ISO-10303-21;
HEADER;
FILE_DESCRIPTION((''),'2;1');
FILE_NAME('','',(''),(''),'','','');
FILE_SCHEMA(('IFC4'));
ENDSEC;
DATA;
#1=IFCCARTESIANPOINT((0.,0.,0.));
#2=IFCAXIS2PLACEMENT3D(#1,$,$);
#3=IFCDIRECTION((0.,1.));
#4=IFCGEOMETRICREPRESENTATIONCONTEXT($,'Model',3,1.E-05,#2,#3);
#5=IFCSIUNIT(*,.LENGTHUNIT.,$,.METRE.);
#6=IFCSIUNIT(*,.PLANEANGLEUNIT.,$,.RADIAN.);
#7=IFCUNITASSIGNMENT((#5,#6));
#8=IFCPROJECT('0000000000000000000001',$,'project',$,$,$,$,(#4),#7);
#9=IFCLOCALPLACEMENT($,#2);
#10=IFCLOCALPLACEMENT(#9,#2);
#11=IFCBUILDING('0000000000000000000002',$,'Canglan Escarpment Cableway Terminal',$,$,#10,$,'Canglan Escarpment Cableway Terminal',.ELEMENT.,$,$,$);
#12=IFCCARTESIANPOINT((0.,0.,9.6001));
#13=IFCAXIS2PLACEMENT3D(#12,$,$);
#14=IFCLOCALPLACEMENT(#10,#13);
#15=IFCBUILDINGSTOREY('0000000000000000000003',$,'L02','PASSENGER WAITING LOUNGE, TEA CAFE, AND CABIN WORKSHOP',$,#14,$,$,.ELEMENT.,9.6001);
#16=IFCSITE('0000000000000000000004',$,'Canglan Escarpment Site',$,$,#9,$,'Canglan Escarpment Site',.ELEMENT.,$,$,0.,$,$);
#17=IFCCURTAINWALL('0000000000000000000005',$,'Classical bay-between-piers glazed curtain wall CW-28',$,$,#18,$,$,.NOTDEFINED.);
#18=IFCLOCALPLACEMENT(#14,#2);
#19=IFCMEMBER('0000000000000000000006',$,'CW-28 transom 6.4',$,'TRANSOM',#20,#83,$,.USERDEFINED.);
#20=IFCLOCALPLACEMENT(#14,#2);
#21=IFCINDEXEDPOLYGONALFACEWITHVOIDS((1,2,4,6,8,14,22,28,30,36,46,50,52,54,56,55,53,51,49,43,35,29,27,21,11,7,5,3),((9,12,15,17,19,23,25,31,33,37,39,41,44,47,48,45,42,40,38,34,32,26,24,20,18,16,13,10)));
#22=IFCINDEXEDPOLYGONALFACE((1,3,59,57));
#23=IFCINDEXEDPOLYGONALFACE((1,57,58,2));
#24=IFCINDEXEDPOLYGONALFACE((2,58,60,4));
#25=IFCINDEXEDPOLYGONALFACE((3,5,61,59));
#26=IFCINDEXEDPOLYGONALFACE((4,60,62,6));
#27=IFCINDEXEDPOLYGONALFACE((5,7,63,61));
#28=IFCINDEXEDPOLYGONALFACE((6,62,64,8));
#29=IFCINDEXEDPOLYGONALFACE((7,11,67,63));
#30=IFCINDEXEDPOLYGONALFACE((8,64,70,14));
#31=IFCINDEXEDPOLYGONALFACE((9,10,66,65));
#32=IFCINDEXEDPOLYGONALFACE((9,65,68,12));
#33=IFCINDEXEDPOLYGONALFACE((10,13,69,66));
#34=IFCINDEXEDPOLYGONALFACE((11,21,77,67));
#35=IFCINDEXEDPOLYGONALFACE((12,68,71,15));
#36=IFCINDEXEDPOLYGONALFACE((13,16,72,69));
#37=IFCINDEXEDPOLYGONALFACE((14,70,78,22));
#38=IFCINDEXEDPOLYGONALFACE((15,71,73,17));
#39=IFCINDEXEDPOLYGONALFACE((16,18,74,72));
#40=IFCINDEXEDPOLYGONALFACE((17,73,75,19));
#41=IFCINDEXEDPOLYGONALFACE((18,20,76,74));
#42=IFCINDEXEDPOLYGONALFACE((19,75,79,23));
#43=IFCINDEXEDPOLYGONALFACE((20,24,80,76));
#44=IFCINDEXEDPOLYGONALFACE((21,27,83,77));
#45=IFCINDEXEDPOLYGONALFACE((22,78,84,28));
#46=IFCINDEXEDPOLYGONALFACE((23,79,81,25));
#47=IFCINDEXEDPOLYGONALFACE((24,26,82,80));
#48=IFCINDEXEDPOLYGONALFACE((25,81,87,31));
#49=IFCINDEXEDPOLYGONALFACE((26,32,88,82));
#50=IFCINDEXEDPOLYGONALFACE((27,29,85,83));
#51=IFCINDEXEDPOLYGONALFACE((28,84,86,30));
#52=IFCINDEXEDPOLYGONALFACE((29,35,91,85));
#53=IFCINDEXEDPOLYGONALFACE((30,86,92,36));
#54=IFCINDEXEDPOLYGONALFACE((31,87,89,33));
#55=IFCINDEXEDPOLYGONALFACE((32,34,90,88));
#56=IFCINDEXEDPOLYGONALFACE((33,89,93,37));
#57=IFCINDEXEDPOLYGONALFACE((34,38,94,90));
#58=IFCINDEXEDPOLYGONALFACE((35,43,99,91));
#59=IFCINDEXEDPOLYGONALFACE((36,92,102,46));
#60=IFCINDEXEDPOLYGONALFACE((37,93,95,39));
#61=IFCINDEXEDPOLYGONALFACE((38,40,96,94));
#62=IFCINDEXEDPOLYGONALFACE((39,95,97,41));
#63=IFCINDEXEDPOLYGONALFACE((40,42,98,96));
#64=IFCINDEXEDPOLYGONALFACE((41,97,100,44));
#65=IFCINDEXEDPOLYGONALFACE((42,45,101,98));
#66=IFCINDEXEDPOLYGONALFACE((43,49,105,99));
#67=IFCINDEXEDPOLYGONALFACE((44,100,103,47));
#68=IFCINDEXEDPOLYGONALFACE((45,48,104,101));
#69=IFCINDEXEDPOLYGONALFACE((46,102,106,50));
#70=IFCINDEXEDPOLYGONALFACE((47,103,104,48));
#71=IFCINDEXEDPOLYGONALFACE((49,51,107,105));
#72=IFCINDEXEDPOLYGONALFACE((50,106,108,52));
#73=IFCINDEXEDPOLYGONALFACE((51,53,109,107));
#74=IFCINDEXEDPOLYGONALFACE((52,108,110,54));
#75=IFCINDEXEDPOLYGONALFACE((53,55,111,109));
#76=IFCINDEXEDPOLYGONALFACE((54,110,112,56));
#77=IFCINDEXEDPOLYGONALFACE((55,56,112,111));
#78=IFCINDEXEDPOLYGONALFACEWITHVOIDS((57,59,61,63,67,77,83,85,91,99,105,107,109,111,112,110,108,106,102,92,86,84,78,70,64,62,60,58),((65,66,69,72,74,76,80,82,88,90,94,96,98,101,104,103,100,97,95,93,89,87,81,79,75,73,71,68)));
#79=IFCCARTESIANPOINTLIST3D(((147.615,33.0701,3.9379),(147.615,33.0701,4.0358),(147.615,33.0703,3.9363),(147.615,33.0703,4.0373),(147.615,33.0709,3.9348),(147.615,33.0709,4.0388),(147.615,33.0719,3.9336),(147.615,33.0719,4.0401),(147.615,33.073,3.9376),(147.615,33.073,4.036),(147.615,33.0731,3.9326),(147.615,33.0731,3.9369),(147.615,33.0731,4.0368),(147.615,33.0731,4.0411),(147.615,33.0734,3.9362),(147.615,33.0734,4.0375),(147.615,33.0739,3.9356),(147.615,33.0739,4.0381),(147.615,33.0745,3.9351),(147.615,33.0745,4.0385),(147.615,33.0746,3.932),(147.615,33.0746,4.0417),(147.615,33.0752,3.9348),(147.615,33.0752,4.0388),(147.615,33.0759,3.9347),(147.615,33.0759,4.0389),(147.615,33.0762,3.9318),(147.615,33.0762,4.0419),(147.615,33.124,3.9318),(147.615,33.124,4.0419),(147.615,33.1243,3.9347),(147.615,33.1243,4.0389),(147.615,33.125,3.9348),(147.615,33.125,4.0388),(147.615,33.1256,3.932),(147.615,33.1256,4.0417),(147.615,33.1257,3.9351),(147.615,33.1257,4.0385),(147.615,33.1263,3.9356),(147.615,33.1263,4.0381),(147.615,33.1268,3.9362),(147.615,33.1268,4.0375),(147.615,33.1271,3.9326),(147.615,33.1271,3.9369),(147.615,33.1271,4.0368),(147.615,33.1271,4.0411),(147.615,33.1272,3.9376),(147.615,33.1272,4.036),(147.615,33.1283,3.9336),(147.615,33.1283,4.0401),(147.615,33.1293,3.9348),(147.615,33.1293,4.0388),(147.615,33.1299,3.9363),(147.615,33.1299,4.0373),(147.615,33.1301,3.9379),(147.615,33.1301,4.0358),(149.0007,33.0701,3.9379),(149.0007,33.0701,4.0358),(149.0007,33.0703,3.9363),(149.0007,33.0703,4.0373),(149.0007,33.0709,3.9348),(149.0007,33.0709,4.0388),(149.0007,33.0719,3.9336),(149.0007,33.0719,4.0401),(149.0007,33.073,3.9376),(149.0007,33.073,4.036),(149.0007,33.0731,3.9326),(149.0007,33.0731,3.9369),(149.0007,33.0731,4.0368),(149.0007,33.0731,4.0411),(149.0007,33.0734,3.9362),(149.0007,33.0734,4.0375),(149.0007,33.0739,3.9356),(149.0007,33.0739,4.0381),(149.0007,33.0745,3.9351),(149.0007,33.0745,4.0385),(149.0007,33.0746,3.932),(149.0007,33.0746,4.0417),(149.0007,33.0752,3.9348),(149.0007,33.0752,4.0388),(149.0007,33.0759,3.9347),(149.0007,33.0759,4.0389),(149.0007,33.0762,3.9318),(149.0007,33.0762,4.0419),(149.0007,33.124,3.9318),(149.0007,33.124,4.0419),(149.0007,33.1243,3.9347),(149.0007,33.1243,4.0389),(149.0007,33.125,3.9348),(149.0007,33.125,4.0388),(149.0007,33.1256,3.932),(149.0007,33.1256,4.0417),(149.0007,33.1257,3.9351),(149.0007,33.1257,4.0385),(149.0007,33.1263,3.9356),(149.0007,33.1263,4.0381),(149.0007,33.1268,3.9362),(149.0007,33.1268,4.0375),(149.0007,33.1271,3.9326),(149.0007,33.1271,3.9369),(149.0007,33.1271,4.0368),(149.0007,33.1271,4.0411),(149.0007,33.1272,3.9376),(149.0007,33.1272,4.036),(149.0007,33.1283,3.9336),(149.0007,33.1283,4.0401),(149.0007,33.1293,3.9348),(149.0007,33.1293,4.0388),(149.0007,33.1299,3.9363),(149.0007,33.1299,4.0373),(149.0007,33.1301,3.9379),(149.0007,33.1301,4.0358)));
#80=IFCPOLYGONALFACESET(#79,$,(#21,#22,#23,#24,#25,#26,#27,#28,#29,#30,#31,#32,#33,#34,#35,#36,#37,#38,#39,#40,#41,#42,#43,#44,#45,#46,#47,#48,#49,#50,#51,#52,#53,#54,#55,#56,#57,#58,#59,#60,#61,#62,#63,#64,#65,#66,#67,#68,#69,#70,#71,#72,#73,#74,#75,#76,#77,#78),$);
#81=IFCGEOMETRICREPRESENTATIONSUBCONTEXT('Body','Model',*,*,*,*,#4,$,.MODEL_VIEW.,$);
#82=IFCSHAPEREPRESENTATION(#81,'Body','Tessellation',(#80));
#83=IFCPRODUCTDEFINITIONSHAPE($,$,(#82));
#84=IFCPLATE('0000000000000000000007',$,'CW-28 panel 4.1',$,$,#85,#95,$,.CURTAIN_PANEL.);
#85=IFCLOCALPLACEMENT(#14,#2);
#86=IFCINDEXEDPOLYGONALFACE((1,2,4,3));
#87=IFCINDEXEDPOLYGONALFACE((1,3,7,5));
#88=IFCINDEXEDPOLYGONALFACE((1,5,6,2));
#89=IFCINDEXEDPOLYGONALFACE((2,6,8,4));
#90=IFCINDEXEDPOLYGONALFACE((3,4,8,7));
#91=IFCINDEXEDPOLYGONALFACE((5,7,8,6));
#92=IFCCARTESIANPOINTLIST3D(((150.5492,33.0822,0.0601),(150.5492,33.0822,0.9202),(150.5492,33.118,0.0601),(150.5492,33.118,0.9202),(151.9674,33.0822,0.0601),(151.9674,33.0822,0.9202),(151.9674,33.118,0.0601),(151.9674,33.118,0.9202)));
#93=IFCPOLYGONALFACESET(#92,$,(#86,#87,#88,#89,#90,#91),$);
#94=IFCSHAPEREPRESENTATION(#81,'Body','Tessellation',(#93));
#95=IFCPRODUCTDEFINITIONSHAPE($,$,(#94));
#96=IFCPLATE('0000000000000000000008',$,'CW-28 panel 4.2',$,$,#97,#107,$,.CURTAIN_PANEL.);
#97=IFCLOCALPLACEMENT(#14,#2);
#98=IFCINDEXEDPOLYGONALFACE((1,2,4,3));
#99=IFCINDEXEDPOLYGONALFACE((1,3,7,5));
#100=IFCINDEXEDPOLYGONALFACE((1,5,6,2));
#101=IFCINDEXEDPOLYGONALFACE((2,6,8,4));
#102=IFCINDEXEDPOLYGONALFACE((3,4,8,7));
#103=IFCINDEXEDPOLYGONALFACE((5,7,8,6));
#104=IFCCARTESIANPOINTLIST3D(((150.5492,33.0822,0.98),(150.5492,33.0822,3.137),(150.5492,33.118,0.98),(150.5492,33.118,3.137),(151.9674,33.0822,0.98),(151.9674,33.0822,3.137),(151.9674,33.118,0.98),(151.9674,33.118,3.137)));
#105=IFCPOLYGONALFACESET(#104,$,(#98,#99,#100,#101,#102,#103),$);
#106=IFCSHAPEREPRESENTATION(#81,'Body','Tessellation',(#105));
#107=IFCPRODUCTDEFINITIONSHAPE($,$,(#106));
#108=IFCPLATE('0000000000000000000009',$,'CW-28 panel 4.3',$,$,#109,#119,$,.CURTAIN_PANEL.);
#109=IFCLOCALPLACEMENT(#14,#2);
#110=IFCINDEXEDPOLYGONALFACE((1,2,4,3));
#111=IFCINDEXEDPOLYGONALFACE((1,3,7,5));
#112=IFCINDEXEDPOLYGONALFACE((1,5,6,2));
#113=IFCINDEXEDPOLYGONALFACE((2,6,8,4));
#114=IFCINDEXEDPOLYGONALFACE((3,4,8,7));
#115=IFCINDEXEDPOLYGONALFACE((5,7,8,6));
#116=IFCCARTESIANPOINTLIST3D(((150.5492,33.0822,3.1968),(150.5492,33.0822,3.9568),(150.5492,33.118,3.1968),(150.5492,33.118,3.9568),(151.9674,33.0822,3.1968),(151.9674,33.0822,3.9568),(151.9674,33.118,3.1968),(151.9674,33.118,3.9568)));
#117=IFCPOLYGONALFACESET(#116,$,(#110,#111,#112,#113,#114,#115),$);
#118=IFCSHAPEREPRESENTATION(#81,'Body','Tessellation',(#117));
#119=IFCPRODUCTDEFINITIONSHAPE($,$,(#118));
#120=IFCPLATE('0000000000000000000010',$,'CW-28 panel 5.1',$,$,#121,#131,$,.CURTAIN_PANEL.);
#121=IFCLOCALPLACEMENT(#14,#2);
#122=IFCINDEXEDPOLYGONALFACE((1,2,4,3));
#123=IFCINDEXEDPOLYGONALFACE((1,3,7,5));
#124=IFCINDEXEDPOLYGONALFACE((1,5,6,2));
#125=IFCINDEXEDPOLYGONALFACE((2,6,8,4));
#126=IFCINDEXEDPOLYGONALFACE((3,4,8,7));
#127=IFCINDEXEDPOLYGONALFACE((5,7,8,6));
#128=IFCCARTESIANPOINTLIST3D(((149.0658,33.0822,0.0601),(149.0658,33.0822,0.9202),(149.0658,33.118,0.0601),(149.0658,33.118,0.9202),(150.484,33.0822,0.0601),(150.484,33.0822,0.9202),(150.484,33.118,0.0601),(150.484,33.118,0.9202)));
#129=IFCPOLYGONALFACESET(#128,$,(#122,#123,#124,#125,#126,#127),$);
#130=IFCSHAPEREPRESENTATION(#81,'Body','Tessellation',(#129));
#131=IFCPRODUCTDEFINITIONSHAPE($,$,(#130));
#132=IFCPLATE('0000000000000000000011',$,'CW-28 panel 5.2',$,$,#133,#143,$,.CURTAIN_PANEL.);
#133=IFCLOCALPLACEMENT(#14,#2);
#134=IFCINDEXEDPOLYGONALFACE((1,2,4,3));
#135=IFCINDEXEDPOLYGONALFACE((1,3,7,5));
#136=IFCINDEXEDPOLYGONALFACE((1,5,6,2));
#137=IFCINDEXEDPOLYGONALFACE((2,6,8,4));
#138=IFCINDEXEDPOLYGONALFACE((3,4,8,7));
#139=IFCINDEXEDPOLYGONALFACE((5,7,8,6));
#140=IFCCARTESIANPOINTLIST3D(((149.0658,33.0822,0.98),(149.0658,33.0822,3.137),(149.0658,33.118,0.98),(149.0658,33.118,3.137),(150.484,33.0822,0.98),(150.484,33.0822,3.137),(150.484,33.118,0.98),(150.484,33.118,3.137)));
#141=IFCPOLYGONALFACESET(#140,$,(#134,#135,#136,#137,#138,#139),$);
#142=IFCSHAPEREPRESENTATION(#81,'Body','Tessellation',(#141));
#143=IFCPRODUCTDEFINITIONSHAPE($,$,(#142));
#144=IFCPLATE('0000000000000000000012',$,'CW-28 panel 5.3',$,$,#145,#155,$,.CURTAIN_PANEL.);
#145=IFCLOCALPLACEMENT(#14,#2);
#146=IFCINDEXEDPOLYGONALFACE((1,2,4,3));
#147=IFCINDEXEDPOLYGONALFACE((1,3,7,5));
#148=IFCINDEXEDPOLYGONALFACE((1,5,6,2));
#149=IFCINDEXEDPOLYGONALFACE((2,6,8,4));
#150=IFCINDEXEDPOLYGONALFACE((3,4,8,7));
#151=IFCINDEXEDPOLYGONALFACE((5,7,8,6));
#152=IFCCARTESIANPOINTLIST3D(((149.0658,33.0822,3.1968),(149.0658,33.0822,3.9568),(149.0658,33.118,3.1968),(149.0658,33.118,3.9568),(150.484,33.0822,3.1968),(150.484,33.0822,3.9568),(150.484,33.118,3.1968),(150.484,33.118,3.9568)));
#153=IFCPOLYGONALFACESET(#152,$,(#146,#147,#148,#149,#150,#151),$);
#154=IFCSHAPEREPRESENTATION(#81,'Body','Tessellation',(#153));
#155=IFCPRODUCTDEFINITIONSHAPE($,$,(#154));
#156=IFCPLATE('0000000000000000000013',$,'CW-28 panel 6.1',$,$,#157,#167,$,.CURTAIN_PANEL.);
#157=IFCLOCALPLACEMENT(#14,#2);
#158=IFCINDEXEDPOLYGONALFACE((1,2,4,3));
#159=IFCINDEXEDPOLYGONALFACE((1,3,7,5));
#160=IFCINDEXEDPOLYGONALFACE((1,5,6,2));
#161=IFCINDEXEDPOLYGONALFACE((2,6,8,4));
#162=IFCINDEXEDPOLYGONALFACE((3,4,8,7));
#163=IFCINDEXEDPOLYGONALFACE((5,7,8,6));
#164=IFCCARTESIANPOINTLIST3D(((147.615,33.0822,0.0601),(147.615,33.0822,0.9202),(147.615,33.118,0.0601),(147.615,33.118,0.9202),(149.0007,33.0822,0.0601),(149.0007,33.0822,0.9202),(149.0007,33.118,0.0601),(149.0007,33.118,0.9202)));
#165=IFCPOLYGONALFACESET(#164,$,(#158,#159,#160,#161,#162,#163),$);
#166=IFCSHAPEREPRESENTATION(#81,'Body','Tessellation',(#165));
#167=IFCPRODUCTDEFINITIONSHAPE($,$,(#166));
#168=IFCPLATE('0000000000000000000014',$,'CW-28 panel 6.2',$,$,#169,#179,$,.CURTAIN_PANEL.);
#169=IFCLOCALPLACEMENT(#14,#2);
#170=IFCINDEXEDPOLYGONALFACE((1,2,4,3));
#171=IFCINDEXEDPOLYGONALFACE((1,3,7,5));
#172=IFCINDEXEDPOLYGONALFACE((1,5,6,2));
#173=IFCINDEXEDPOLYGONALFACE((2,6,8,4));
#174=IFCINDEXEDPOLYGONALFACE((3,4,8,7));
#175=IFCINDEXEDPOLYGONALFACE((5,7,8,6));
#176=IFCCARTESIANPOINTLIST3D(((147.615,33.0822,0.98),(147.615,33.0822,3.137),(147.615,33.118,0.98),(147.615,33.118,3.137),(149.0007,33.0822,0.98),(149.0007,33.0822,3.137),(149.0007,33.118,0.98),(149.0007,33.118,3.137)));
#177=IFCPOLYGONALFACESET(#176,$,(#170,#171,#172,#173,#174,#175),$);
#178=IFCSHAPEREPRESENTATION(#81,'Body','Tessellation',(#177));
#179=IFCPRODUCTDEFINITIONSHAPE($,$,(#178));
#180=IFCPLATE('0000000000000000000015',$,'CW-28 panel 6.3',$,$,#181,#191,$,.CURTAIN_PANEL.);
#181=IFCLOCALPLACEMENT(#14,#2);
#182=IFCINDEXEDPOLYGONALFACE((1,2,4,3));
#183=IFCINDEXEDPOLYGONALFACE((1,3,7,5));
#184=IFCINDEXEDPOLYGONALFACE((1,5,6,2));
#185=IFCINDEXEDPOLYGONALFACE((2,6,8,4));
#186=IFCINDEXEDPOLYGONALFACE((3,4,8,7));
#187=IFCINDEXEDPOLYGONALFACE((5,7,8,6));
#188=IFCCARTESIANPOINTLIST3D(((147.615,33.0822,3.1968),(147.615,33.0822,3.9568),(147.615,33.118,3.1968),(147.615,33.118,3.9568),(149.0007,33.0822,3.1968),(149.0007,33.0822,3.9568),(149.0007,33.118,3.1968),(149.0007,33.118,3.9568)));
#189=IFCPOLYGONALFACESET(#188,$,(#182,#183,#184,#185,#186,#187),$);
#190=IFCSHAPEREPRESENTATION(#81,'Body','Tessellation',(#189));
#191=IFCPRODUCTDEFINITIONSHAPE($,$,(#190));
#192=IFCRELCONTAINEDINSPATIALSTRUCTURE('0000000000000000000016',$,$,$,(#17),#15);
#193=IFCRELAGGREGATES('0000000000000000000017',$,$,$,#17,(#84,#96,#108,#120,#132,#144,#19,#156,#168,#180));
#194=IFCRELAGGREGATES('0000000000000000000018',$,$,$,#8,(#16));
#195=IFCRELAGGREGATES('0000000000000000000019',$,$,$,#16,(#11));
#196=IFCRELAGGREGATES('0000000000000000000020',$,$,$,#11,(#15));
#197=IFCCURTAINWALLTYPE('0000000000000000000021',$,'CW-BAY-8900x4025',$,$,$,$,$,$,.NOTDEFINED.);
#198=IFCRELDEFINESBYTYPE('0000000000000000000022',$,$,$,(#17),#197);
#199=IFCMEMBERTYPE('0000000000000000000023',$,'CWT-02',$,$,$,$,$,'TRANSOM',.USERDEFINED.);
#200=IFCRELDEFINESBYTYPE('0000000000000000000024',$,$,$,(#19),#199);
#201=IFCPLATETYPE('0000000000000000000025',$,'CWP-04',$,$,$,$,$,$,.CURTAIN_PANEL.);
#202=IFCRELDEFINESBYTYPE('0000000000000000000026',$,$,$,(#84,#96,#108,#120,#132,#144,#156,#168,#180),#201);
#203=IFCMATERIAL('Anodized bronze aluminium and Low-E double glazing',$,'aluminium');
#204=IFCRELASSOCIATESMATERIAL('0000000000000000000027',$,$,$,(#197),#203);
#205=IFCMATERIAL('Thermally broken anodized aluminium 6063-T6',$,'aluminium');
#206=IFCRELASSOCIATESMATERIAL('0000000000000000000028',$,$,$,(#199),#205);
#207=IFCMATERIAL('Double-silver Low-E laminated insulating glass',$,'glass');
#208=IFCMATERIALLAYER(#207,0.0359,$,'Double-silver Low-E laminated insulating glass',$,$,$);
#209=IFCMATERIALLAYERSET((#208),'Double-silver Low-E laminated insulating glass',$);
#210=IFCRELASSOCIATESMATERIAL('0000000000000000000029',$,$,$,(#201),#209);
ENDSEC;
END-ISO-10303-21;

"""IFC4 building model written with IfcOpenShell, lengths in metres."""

from ifc_helpers import new_model, si_unit, direction, frame, origin, origin_2d, place, context, subcontext, project, spatial, rectangle, hollow_rectangle, extrude, material, layer, layer_set, material_profile, profile_set, type_object, element, aggregate, save


model = new_model("IFC4")

# Units and contexts
model_context = context("Model", 3, precision=1e-05, world=origin(), true_north=direction((0.0, 1.0)))
body_context = subcontext(model_context, "Body", "Model", "MODEL_VIEW")
ifc_project = project(units=[si_unit("LENGTHUNIT", "METRE"), si_unit("PLANEANGLEUNIT", "RADIAN")], contexts=[model_context])

# Site, building, storey
site_placement = place(None, origin())
site = spatial("IfcSite", under=ifc_project, at=site_placement, Name="Canglan Escarpment Site", LongName="Canglan Escarpment Site", CompositionType="ELEMENT", RefElevation=0.0)
building_placement = place(site_placement, origin())
building = spatial("IfcBuilding", under=site, at=building_placement, Name="Canglan Escarpment Cableway Terminal", LongName="Canglan Escarpment Cableway Terminal", CompositionType="ELEMENT")
storey_placement = place(building_placement, frame((0.0, 0.0, 9.6001)))
storey = spatial("IfcBuildingStorey", under=building, at=storey_placement, Name="L02", Description="PASSENGER WAITING LOUNGE, TEA CAFE, AND CABIN WORKSHOP", CompositionType="ELEMENT", Elevation=9.6001)

# Curtain wall, member, plates
ifc_material_1 = material(Name="Anodized bronze aluminium and Low-E double glazing", Category="aluminium")
curtain_wall_type = type_object("IfcCurtainWallType", Name="CW-BAY-8900x4025", PredefinedType="NOTDEFINED", material=ifc_material_1)
curtain_wall_placement = place(storey_placement, origin())
curtain_wall = element("IfcCurtainWall", 1, at=curtain_wall_placement, inside=storey, type_object=curtain_wall_type, Name="Classical bay-between-piers glazed curtain wall CW-28", PredefinedType="NOTDEFINED")
ifc_material_2 = material(Name="Thermally broken anodized aluminium 6063-T6", Category="aluminium")
ifc_material_profile_1 = material_profile(ifc_material_2, hollow_rectangle(XDim=0.0601, YDim=0.1101, WallThickness=0.0029, InnerFilletRadius=0.0029, OuterFilletRadius=0.0061, at=origin_2d()), Name="ALU-TRAN 60x110x3")
ifc_profile_set_1 = profile_set([ifc_material_profile_1], Name="Thermally broken anodized aluminium 6063-T6")
member_type_1 = type_object("IfcMemberType", Name="CWT-02", ElementType="TRANSOM", PredefinedType="USERDEFINED", material=ifc_profile_set_1)
member_1_placement = place(storey_placement, frame((149.0007, 33.1001, 3.9868), z_axis=(-1.0, 0.0, 0.0), x_axis=(0.0, -1.0, 0.0)))
member_1 = element("IfcMember", 2, at=member_1_placement, type_object=member_type_1, Name="CW-28 transom 6.4", ObjectType="TRANSOM", PredefinedType="USERDEFINED", context=body_context, shape_type="SweptSolid", body=[
    extrude(hollow_rectangle(XDim=0.0601, YDim=0.1101, WallThickness=0.0029, InnerFilletRadius=0.0029, OuterFilletRadius=0.0061, at=origin_2d()), origin(), (0.0, 0.0, 1.0), 1.3857),
])
ifc_material_3 = material(Name="Double-silver Low-E laminated insulating glass", Category="glass")
ifc_layer_1 = layer(ifc_material_3, 0.0359, Name="Double-silver Low-E laminated insulating glass")
ifc_layer_set_1 = layer_set([ifc_layer_1], Name="Double-silver Low-E laminated insulating glass")
plate_type = type_object("IfcPlateType", Name="CWP-04", PredefinedType="CURTAIN_PANEL", material=ifc_layer_set_1)
plate_1_placement = place(storey_placement, frame((151.2583, 33.1001, 0.0601), z_axis=(0.0, 0.0, 1.0), x_axis=(-1.0, 0.0, 0.0)))
plate_1 = element("IfcPlate", 3, at=plate_1_placement, type_object=plate_type, Name="CW-28 panel 4.1", PredefinedType="CURTAIN_PANEL", context=body_context, shape_type="SweptSolid", body=[
    extrude(rectangle(XDim=1.4182, YDim=0.0359, at=origin_2d()), origin(), (0.0, 0.0, 1.0), 0.8601),
])
plate_2_placement = place(storey_placement, frame((151.2583, 33.1001, 0.98), z_axis=(0.0, 0.0, 1.0), x_axis=(-1.0, 0.0, 0.0)))
plate_2 = element("IfcPlate", 4, at=plate_2_placement, type_object=plate_type, Name="CW-28 panel 4.2", PredefinedType="CURTAIN_PANEL", context=body_context, shape_type="SweptSolid", body=[
    extrude(rectangle(XDim=1.4182, YDim=0.0359, at=origin_2d()), origin(), (0.0, 0.0, 1.0), 2.157),
])
plate_3_placement = place(storey_placement, frame((151.2583, 33.1001, 3.1968), z_axis=(0.0, 0.0, 1.0), x_axis=(-1.0, 0.0, 0.0)))
plate_3 = element("IfcPlate", 5, at=plate_3_placement, type_object=plate_type, Name="CW-28 panel 4.3", PredefinedType="CURTAIN_PANEL", context=body_context, shape_type="SweptSolid", body=[
    extrude(rectangle(XDim=1.4182, YDim=0.0359, at=origin_2d()), origin(), (0.0, 0.0, 1.0), 0.76),
])
plate_4_placement = place(storey_placement, frame((149.7749, 33.1001, 0.0601), z_axis=(0.0, 0.0, 1.0), x_axis=(-1.0, 0.0, 0.0)))
plate_4 = element("IfcPlate", 6, at=plate_4_placement, type_object=plate_type, Name="CW-28 panel 5.1", PredefinedType="CURTAIN_PANEL", context=body_context, shape_type="SweptSolid", body=[
    extrude(rectangle(XDim=1.4182, YDim=0.0359, at=origin_2d()), origin(), (0.0, 0.0, 1.0), 0.8601),
])
plate_5_placement = place(storey_placement, frame((149.7749, 33.1001, 0.98), z_axis=(0.0, 0.0, 1.0), x_axis=(-1.0, 0.0, 0.0)))
plate_5 = element("IfcPlate", 7, at=plate_5_placement, type_object=plate_type, Name="CW-28 panel 5.2", PredefinedType="CURTAIN_PANEL", context=body_context, shape_type="SweptSolid", body=[
    extrude(rectangle(XDim=1.4182, YDim=0.0359, at=origin_2d()), origin(), (0.0, 0.0, 1.0), 2.157),
])
plate_6_placement = place(storey_placement, frame((149.7749, 33.1001, 3.1968), z_axis=(0.0, 0.0, 1.0), x_axis=(-1.0, 0.0, 0.0)))
plate_6 = element("IfcPlate", 8, at=plate_6_placement, type_object=plate_type, Name="CW-28 panel 5.3", PredefinedType="CURTAIN_PANEL", context=body_context, shape_type="SweptSolid", body=[
    extrude(rectangle(XDim=1.4182, YDim=0.0359, at=origin_2d()), origin(), (0.0, 0.0, 1.0), 0.76),
])
plate_7_placement = place(storey_placement, frame((148.3079, 33.1001, 0.0601), z_axis=(0.0, 0.0, 1.0), x_axis=(-1.0, 0.0, 0.0)))
plate_7 = element("IfcPlate", 9, at=plate_7_placement, type_object=plate_type, Name="CW-28 panel 6.1", PredefinedType="CURTAIN_PANEL", context=body_context, shape_type="SweptSolid", body=[
    extrude(rectangle(XDim=1.3857, YDim=0.0359, at=origin_2d()), origin(), (0.0, 0.0, 1.0), 0.8601),
])
plate_8_placement = place(storey_placement, frame((148.3079, 33.1001, 0.98), z_axis=(0.0, 0.0, 1.0), x_axis=(-1.0, 0.0, 0.0)))
plate_8 = element("IfcPlate", 10, at=plate_8_placement, type_object=plate_type, Name="CW-28 panel 6.2", PredefinedType="CURTAIN_PANEL", context=body_context, shape_type="SweptSolid", body=[
    extrude(rectangle(XDim=1.3857, YDim=0.0359, at=origin_2d()), origin(), (0.0, 0.0, 1.0), 2.157),
])
plate_9_placement = place(storey_placement, frame((148.3079, 33.1001, 3.1968), z_axis=(0.0, 0.0, 1.0), x_axis=(-1.0, 0.0, 0.0)))
plate_9 = element("IfcPlate", 11, at=plate_9_placement, type_object=plate_type, Name="CW-28 panel 6.3", PredefinedType="CURTAIN_PANEL", context=body_context, shape_type="SweptSolid", body=[
    extrude(rectangle(XDim=1.3857, YDim=0.0359, at=origin_2d()), origin(), (0.0, 0.0, 1.0), 0.76),
])
aggregate(curtain_wall, [plate_1, plate_2, plate_3, plate_4, plate_5, plate_6, member_1, plate_7, plate_8, plate_9])

save(model, "model.ifc")
